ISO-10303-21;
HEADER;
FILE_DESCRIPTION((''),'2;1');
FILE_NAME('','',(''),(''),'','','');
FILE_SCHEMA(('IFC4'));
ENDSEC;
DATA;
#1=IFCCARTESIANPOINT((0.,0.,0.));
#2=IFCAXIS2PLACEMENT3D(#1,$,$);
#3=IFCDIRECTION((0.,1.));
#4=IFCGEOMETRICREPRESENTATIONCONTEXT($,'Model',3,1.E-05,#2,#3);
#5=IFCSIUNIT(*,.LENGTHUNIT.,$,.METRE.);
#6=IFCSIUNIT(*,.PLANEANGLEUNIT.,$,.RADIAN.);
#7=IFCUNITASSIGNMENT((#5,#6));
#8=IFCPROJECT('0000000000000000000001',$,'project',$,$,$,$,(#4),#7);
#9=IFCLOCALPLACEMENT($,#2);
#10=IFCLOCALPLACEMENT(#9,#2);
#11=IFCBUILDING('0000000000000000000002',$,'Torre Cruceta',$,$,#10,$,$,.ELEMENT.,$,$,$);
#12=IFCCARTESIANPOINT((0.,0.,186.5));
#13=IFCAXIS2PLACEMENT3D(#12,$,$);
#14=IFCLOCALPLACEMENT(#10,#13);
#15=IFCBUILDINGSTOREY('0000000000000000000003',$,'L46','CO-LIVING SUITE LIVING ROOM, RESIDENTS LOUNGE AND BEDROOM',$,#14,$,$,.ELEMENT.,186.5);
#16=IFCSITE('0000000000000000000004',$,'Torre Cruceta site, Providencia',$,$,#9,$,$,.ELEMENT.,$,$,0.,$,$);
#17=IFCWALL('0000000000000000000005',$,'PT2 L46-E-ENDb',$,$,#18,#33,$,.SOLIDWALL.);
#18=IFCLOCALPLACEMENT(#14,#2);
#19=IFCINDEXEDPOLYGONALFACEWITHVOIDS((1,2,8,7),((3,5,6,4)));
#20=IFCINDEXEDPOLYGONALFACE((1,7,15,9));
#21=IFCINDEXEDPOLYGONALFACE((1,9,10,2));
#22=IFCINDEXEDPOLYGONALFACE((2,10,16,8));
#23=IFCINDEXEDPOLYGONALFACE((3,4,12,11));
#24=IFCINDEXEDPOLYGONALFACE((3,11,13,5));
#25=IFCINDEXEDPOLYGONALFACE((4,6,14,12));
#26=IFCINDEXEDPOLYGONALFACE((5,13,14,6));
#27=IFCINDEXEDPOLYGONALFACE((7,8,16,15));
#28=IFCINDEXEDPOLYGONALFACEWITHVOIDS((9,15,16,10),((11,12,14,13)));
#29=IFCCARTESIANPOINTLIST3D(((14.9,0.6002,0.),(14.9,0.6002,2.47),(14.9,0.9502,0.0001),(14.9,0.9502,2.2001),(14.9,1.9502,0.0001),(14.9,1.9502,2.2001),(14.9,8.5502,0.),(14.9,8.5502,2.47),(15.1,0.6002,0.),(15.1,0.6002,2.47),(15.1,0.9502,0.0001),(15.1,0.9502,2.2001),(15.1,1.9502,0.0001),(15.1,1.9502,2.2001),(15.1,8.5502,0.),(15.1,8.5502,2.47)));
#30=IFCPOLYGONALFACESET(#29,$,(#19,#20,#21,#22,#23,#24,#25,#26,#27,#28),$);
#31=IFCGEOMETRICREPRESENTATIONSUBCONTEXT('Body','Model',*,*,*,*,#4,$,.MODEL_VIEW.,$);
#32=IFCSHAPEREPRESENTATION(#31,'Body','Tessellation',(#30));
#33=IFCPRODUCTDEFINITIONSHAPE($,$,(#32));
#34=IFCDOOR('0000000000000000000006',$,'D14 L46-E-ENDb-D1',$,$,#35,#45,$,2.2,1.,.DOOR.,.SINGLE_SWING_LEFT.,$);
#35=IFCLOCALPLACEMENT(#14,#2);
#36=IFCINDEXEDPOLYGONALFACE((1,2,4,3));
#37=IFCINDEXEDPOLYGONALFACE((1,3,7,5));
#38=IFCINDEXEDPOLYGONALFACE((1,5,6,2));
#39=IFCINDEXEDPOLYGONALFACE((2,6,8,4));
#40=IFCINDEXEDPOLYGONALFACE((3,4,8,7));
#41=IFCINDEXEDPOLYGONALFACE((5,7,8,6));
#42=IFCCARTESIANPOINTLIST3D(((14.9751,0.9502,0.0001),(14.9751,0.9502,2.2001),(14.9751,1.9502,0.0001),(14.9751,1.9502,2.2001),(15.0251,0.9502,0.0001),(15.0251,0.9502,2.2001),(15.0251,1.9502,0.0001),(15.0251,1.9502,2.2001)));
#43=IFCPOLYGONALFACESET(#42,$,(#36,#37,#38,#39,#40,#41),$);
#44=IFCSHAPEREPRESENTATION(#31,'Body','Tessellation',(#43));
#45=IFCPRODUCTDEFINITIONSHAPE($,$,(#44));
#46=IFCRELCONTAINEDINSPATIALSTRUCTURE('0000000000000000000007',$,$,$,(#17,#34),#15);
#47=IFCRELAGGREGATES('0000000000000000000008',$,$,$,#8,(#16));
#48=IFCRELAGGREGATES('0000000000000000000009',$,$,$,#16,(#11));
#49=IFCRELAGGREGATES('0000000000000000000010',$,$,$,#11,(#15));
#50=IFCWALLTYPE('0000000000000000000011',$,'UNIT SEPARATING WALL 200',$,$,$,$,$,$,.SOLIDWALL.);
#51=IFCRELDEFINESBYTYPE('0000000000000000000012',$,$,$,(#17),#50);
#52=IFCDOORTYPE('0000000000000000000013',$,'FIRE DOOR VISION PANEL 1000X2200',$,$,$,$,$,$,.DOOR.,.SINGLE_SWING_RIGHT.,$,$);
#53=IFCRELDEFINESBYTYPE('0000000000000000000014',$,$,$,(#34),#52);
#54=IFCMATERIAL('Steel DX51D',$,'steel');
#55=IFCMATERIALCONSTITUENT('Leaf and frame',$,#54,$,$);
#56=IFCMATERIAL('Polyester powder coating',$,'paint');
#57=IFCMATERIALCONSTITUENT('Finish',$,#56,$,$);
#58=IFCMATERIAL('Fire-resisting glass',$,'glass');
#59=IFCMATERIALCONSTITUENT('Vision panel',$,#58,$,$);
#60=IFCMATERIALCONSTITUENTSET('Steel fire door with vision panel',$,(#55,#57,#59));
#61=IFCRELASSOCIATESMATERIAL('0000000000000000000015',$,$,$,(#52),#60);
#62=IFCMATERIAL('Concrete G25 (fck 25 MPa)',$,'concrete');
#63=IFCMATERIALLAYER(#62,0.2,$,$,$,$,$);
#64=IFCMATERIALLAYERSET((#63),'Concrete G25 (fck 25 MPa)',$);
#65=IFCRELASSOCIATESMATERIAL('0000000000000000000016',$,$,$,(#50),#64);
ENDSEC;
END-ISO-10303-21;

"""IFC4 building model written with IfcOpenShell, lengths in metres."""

from ifc_helpers import new_model, si_unit, direction, frame, frame_2d, origin, place, context, subcontext, project, spatial, rectangle, extrude, material, layer, layer_set, constituent, constituent_set, type_object, element, fill, save


model = new_model("IFC4")

# Units and contexts
model_context = context("Model", 3, precision=1e-05, world=origin(), true_north=direction((0.0, 1.0)))
body_context = subcontext(model_context, "Body", "Model", "MODEL_VIEW")
ifc_project = project(units=[si_unit("LENGTHUNIT", "METRE"), si_unit("PLANEANGLEUNIT", "RADIAN")], contexts=[model_context])

# Site, building, storey
site_placement = place(None, origin())
site = spatial("IfcSite", under=ifc_project, at=site_placement, Name="Torre Cruceta site, Providencia", CompositionType="ELEMENT", RefElevation=0.0)
building_placement = place(site_placement, origin())
building = spatial("IfcBuilding", under=site, at=building_placement, Name="Torre Cruceta", CompositionType="ELEMENT")
storey_placement = place(building_placement, frame((0.0, 0.0, 186.5)))
storey = spatial("IfcBuildingStorey", under=building, at=storey_placement, Name="L46", Description="CO-LIVING SUITE LIVING ROOM, RESIDENTS LOUNGE AND BEDROOM", CompositionType="ELEMENT", Elevation=186.5)

# Shared definitions
ifc_material_1 = material(Name="Steel DX51D", Category="steel")
ifc_constituent_1 = constituent(ifc_material_1, Name="Leaf and frame")
ifc_material_2 = material(Name="Polyester powder coating", Category="paint")
ifc_constituent_2 = constituent(ifc_material_2, Name="Finish")
ifc_material_3 = material(Name="Fire-resisting glass", Category="glass")
ifc_constituent_3 = constituent(ifc_material_3, Name="Vision panel")
ifc_constituent_set_1 = constituent_set(constituents=[ifc_constituent_1, ifc_constituent_2, ifc_constituent_3], Name="Steel fire door with vision panel")
door_type_1 = type_object("IfcDoorType", Name="FIRE DOOR VISION PANEL 1000X2200", OperationType="SINGLE_SWING_RIGHT", PredefinedType="DOOR", material=ifc_constituent_set_1)

# Wall, opening, door
ifc_material_4 = material(Name="Concrete G25 (fck 25 MPa)", Category="concrete")
ifc_layer_1 = layer(ifc_material_4, 0.2)
ifc_layer_set_1 = layer_set([ifc_layer_1], Name="Concrete G25 (fck 25 MPa)")
wall_type_1 = type_object("IfcWallType", Name="UNIT SEPARATING WALL 200", PredefinedType="SOLIDWALL", material=ifc_layer_set_1)
wall_1_placement = place(storey_placement, frame((15.0, 0.6001, 0.0), z_axis=(0.0, 0.0, 1.0), x_axis=(0.0, 1.0, 0.0)))
wall_1 = element("IfcWall", 1, at=wall_1_placement, inside=storey, type_object=wall_type_1, Name="PT2 L46-E-ENDb", PredefinedType="SOLIDWALL", context=body_context, shape_type="SweptSolid", body=[
    extrude(rectangle(XDim=7.95, YDim=0.2, at=frame_2d((3.9751, 0.0))), origin(), (0.0, 0.0, 1.0), 2.47),
])
opening_1_placement = place(wall_1_placement, frame((0.3501, 0.0, 0.0)))
opening_1 = element("IfcOpeningElement", 2, at=opening_1_placement, cuts=wall_1, PredefinedType="OPENING", context=body_context, shape_type="SweptSolid", body=[
    extrude(rectangle(XDim=1.0, YDim=2.2, at=frame_2d((0.5, 1.1001))), frame((0.0, 0.1099, 0.0), z_axis=(0.0, -1.0, 0.0), x_axis=(1.0, 0.0, 0.0)), (0.0, 0.0, 1.0), 0.22),
])
door_1_placement = place(opening_1_placement, frame((1.0, 0.0, 0.0), z_axis=(0.0, 0.0, 1.0), x_axis=(-1.0, 0.0, 0.0)))
door_1 = element("IfcDoor", 3, at=door_1_placement, inside=storey, type_object=door_type_1, Name="D14 L46-E-ENDb-D1", OperationType="SINGLE_SWING_LEFT", OverallHeight=2.2, OverallWidth=1.0, PredefinedType="DOOR", context=body_context, shape_type="SweptSolid", body=[
    extrude(rectangle(XDim=1.0, YDim=2.2, at=frame_2d((0.5, 1.1001))), frame((0.0, 0.0251, 0.0), z_axis=(0.0, -1.0, 0.0), x_axis=(1.0, 0.0, 0.0)), (0.0, 0.0, 1.0), 0.05),
])
fill(opening_1, door_1)

save(model, "model.ifc")
